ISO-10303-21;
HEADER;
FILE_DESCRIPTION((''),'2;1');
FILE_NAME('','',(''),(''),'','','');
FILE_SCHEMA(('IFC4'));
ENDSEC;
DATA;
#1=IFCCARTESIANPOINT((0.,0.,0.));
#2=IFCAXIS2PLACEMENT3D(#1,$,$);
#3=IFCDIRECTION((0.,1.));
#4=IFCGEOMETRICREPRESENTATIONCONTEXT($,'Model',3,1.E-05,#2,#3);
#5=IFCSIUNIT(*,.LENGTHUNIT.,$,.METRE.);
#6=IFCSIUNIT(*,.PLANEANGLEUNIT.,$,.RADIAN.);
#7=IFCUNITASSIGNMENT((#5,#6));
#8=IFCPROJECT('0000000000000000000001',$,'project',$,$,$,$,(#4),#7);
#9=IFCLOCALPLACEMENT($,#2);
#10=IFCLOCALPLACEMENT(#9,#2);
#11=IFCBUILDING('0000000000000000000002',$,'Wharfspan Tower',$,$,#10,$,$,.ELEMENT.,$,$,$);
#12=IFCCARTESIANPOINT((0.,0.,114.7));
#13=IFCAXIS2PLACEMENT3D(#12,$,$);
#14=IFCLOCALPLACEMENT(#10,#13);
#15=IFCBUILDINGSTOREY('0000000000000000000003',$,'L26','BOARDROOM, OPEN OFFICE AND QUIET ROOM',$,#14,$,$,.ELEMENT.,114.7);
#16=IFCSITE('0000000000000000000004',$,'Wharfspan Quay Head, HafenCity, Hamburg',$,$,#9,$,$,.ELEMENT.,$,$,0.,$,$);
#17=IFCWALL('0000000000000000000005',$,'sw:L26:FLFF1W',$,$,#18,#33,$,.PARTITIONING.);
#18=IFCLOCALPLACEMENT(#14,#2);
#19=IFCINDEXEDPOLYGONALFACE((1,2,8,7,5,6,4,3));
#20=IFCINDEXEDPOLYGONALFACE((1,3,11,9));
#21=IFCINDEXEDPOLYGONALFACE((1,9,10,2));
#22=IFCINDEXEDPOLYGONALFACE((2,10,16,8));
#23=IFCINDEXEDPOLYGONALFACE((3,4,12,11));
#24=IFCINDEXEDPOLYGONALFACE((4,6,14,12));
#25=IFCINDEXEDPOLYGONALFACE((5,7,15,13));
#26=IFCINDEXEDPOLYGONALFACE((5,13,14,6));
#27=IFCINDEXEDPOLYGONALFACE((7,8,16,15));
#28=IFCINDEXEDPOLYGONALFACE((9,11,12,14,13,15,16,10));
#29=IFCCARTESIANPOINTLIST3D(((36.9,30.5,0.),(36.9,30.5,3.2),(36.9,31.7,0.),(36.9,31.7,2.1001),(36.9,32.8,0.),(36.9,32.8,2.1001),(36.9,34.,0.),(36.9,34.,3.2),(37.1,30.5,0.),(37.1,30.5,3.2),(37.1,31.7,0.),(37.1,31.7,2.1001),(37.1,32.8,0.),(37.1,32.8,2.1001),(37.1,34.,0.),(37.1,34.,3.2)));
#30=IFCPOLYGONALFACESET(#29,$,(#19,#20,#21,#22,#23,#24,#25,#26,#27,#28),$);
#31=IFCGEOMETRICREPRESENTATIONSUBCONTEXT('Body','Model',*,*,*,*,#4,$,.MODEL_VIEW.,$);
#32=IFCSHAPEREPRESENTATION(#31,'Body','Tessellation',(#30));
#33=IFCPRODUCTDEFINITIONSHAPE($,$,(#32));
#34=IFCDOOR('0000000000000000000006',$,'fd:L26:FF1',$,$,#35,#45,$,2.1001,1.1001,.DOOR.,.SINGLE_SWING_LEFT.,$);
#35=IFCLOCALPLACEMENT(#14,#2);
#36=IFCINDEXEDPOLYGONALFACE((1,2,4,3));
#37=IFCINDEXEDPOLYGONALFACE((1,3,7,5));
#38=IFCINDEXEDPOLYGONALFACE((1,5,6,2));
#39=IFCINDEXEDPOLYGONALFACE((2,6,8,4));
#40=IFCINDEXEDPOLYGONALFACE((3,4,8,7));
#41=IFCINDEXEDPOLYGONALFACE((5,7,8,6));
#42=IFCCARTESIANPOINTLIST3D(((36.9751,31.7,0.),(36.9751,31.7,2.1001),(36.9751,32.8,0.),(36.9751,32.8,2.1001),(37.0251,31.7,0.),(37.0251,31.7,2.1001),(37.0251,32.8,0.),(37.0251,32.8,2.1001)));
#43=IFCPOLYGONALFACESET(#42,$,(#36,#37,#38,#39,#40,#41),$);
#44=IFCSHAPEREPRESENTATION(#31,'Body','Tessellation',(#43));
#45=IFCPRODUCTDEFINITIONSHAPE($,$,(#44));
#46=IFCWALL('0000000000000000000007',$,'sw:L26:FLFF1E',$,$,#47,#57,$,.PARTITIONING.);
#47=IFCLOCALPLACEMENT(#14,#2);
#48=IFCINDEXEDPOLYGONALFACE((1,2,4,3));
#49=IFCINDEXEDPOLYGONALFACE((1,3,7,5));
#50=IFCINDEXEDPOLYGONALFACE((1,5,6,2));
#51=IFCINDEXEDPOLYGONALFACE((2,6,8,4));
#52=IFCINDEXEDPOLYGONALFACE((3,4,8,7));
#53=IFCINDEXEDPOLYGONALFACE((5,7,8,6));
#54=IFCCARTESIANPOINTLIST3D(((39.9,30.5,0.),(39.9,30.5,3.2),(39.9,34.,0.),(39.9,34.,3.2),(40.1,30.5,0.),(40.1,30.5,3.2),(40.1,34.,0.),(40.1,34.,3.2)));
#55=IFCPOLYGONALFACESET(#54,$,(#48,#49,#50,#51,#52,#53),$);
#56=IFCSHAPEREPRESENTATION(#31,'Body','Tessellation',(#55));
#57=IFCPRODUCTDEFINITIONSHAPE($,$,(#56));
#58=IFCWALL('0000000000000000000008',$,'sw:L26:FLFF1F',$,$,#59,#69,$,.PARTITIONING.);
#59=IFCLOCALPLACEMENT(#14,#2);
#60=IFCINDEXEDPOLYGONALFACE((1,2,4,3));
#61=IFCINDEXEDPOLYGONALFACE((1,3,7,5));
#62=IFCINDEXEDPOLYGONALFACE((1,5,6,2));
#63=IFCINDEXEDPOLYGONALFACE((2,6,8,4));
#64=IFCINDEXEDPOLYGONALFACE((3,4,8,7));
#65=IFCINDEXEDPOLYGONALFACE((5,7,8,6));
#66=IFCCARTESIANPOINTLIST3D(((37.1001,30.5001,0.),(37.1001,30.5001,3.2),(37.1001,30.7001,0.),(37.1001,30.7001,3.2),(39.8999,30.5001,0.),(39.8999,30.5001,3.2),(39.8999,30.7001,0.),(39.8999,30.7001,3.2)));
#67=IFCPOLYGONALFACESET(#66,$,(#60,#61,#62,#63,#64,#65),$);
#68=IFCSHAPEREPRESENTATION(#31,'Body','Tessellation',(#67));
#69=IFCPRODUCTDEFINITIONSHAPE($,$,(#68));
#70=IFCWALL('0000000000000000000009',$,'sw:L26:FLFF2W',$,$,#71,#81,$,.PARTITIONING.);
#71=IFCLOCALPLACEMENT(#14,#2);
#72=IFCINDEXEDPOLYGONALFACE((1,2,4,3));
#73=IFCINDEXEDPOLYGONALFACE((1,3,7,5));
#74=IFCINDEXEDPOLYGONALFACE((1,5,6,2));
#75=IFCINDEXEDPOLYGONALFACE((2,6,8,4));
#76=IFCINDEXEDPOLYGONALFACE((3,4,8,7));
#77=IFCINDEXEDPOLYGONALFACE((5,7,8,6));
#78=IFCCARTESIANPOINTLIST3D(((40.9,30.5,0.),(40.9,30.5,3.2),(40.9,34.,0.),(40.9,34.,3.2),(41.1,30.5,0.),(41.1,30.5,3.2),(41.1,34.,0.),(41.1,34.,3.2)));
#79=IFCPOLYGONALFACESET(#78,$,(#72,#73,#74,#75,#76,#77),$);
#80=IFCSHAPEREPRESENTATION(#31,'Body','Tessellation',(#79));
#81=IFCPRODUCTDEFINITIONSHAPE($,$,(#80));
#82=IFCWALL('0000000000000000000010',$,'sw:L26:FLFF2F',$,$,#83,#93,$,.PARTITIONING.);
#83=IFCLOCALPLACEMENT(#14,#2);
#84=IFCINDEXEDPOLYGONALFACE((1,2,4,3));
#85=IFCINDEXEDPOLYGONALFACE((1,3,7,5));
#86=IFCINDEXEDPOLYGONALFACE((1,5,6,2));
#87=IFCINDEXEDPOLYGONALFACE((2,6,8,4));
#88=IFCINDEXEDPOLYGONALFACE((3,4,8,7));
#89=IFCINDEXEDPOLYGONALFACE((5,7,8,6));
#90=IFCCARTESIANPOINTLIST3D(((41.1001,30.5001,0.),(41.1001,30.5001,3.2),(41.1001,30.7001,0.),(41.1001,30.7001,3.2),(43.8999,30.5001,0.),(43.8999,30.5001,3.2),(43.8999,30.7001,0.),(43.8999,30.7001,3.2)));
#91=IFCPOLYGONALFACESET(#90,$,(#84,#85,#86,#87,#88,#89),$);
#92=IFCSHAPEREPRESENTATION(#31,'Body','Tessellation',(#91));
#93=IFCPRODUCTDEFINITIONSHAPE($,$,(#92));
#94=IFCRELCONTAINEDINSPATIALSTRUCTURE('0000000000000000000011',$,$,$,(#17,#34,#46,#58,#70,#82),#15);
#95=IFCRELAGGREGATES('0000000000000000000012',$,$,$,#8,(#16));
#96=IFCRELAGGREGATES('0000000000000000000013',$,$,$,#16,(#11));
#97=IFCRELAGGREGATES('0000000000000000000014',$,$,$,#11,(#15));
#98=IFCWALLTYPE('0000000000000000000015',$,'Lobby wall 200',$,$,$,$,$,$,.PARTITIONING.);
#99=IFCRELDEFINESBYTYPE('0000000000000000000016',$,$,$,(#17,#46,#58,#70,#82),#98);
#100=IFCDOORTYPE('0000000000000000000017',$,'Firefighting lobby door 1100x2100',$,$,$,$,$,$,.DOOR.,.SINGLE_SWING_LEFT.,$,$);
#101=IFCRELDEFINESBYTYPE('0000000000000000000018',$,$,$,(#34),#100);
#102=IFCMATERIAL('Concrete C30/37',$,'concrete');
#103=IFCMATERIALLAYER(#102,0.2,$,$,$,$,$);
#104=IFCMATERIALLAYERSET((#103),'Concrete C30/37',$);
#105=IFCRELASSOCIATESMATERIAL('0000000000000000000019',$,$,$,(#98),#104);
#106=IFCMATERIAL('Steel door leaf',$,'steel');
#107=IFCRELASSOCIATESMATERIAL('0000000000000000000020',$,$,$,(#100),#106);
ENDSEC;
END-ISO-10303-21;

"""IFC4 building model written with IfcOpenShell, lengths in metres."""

from ifc_helpers import new_model, si_unit, direction, frame, frame_2d, origin, place, context, subcontext, project, spatial, rectangle, extrude, material, layer, layer_set, type_object, element, fill, save


model = new_model("IFC4")

# Units and contexts
model_context = context("Model", 3, precision=1e-05, world=origin(), true_north=direction((0.0, 1.0)))
body_context = subcontext(model_context, "Body", "Model", "MODEL_VIEW")
ifc_project = project(units=[si_unit("LENGTHUNIT", "METRE"), si_unit("PLANEANGLEUNIT", "RADIAN")], contexts=[model_context])

# Site, building, storey
site_placement = place(None, origin())
site = spatial("IfcSite", under=ifc_project, at=site_placement, Name="Wharfspan Quay Head, HafenCity, Hamburg", CompositionType="ELEMENT", RefElevation=0.0)
building_placement = place(site_placement, origin())
building = spatial("IfcBuilding", under=site, at=building_placement, Name="Wharfspan Tower", CompositionType="ELEMENT")
storey_placement = place(building_placement, frame((0.0, 0.0, 114.7)))
storey = spatial("IfcBuildingStorey", under=building, at=storey_placement, Name="L26", Description="BOARDROOM, OPEN OFFICE AND QUIET ROOM", CompositionType="ELEMENT", Elevation=114.7)

# Shared definitions
ifc_material_1 = material(Name="Steel door leaf", Category="steel")

# Wall, opening, door
ifc_material_2 = material(Name="Concrete C30/37", Category="concrete")
ifc_layer_1 = layer(ifc_material_2, 0.2)
ifc_layer_set_1 = layer_set([ifc_layer_1], Name="Concrete C30/37")
wall_type_1 = type_object("IfcWallType", Name="Lobby wall 200", PredefinedType="PARTITIONING", material=ifc_layer_set_1)
wall_1_placement = place(storey_placement, frame((37.0, 30.5, 0.0), z_axis=(0.0, 0.0, 1.0), x_axis=(0.0, 1.0, 0.0)))
wall_1 = element("IfcWall", 1, at=wall_1_placement, inside=storey, type_object=wall_type_1, Name="sw:L26:FLFF1W", PredefinedType="PARTITIONING", context=body_context, shape_type="SweptSolid", body=[
    extrude(rectangle(XDim=3.5, YDim=0.2, at=frame_2d((1.75, 0.0))), origin(), (0.0, 0.0, 1.0), 3.2),
])
opening_1_placement = place(wall_1_placement, frame((1.2, 0.0, 0.0)))
opening_1 = element("IfcOpeningElement", 2, at=opening_1_placement, cuts=wall_1, PredefinedType="OPENING", context=body_context, shape_type="SweptSolid", body=[
    extrude(rectangle(XDim=1.1001, YDim=2.1001, at=frame_2d((0.55, 1.05))), frame((0.0, 0.1099, 0.0), z_axis=(0.0, -1.0, 0.0), x_axis=(1.0, 0.0, 0.0)), (0.0, 0.0, 1.0), 0.22),
])
door_type_1 = type_object("IfcDoorType", Name="Firefighting lobby door 1100x2100", OperationType="SINGLE_SWING_LEFT", PredefinedType="DOOR", material=ifc_material_1)
door_1_placement = place(opening_1_placement, origin())
door_1 = element("IfcDoor", 3, at=door_1_placement, inside=storey, type_object=door_type_1, Name="fd:L26:FF1", OperationType="SINGLE_SWING_LEFT", OverallHeight=2.1001, OverallWidth=1.1001, PredefinedType="DOOR", context=body_context, shape_type="SweptSolid", body=[
    extrude(rectangle(XDim=1.1001, YDim=2.1001, at=frame_2d((0.55, 1.05))), frame((0.0, 0.0249, 0.0), z_axis=(0.0, -1.0, 0.0), x_axis=(1.0, 0.0, 0.0)), (0.0, 0.0, 1.0), 0.05),
])
fill(opening_1, door_1)

# Walls
wall_2_placement = place(storey_placement, frame((40.0, 30.5, 0.0), z_axis=(0.0, 0.0, 1.0), x_axis=(0.0, 1.0, 0.0)))
element("IfcWall", 4, at=wall_2_placement, inside=storey, type_object=wall_type_1, Name="sw:L26:FLFF1E", PredefinedType="PARTITIONING", context=body_context, shape_type="SweptSolid", body=[
    extrude(rectangle(XDim=3.5, YDim=0.2, at=frame_2d((1.75, 0.0))), origin(), (0.0, 0.0, 1.0), 3.2),
])
wall_3_placement = place(storey_placement, frame((37.1001, 30.6001, 0.0), z_axis=(0.0, 0.0, 1.0), x_axis=(1.0, 0.0, 0.0)))
element("IfcWall", 5, at=wall_3_placement, inside=storey, type_object=wall_type_1, Name="sw:L26:FLFF1F", PredefinedType="PARTITIONING", context=body_context, shape_type="SweptSolid", body=[
    extrude(rectangle(XDim=2.7998, YDim=0.2, at=frame_2d((1.3999, 0.0))), origin(), (0.0, 0.0, 1.0), 3.2),
])
wall_4_placement = place(storey_placement, frame((41.0, 30.5, 0.0), z_axis=(0.0, 0.0, 1.0), x_axis=(0.0, 1.0, 0.0)))
element("IfcWall", 6, at=wall_4_placement, inside=storey, type_object=wall_type_1, Name="sw:L26:FLFF2W", PredefinedType="PARTITIONING", context=body_context, shape_type="SweptSolid", body=[
    extrude(rectangle(XDim=3.5, YDim=0.2, at=frame_2d((1.75, 0.0))), origin(), (0.0, 0.0, 1.0), 3.2),
])
wall_5_placement = place(storey_placement, frame((41.1001, 30.6001, 0.0), z_axis=(0.0, 0.0, 1.0), x_axis=(1.0, 0.0, 0.0)))
element("IfcWall", 7, at=wall_5_placement, inside=storey, type_object=wall_type_1, Name="sw:L26:FLFF2F", PredefinedType="PARTITIONING", context=body_context, shape_type="SweptSolid", body=[
    extrude(rectangle(XDim=2.7998, YDim=0.2, at=frame_2d((1.3999, 0.0))), origin(), (0.0, 0.0, 1.0), 3.2),
])

save(model, "model.ifc")
